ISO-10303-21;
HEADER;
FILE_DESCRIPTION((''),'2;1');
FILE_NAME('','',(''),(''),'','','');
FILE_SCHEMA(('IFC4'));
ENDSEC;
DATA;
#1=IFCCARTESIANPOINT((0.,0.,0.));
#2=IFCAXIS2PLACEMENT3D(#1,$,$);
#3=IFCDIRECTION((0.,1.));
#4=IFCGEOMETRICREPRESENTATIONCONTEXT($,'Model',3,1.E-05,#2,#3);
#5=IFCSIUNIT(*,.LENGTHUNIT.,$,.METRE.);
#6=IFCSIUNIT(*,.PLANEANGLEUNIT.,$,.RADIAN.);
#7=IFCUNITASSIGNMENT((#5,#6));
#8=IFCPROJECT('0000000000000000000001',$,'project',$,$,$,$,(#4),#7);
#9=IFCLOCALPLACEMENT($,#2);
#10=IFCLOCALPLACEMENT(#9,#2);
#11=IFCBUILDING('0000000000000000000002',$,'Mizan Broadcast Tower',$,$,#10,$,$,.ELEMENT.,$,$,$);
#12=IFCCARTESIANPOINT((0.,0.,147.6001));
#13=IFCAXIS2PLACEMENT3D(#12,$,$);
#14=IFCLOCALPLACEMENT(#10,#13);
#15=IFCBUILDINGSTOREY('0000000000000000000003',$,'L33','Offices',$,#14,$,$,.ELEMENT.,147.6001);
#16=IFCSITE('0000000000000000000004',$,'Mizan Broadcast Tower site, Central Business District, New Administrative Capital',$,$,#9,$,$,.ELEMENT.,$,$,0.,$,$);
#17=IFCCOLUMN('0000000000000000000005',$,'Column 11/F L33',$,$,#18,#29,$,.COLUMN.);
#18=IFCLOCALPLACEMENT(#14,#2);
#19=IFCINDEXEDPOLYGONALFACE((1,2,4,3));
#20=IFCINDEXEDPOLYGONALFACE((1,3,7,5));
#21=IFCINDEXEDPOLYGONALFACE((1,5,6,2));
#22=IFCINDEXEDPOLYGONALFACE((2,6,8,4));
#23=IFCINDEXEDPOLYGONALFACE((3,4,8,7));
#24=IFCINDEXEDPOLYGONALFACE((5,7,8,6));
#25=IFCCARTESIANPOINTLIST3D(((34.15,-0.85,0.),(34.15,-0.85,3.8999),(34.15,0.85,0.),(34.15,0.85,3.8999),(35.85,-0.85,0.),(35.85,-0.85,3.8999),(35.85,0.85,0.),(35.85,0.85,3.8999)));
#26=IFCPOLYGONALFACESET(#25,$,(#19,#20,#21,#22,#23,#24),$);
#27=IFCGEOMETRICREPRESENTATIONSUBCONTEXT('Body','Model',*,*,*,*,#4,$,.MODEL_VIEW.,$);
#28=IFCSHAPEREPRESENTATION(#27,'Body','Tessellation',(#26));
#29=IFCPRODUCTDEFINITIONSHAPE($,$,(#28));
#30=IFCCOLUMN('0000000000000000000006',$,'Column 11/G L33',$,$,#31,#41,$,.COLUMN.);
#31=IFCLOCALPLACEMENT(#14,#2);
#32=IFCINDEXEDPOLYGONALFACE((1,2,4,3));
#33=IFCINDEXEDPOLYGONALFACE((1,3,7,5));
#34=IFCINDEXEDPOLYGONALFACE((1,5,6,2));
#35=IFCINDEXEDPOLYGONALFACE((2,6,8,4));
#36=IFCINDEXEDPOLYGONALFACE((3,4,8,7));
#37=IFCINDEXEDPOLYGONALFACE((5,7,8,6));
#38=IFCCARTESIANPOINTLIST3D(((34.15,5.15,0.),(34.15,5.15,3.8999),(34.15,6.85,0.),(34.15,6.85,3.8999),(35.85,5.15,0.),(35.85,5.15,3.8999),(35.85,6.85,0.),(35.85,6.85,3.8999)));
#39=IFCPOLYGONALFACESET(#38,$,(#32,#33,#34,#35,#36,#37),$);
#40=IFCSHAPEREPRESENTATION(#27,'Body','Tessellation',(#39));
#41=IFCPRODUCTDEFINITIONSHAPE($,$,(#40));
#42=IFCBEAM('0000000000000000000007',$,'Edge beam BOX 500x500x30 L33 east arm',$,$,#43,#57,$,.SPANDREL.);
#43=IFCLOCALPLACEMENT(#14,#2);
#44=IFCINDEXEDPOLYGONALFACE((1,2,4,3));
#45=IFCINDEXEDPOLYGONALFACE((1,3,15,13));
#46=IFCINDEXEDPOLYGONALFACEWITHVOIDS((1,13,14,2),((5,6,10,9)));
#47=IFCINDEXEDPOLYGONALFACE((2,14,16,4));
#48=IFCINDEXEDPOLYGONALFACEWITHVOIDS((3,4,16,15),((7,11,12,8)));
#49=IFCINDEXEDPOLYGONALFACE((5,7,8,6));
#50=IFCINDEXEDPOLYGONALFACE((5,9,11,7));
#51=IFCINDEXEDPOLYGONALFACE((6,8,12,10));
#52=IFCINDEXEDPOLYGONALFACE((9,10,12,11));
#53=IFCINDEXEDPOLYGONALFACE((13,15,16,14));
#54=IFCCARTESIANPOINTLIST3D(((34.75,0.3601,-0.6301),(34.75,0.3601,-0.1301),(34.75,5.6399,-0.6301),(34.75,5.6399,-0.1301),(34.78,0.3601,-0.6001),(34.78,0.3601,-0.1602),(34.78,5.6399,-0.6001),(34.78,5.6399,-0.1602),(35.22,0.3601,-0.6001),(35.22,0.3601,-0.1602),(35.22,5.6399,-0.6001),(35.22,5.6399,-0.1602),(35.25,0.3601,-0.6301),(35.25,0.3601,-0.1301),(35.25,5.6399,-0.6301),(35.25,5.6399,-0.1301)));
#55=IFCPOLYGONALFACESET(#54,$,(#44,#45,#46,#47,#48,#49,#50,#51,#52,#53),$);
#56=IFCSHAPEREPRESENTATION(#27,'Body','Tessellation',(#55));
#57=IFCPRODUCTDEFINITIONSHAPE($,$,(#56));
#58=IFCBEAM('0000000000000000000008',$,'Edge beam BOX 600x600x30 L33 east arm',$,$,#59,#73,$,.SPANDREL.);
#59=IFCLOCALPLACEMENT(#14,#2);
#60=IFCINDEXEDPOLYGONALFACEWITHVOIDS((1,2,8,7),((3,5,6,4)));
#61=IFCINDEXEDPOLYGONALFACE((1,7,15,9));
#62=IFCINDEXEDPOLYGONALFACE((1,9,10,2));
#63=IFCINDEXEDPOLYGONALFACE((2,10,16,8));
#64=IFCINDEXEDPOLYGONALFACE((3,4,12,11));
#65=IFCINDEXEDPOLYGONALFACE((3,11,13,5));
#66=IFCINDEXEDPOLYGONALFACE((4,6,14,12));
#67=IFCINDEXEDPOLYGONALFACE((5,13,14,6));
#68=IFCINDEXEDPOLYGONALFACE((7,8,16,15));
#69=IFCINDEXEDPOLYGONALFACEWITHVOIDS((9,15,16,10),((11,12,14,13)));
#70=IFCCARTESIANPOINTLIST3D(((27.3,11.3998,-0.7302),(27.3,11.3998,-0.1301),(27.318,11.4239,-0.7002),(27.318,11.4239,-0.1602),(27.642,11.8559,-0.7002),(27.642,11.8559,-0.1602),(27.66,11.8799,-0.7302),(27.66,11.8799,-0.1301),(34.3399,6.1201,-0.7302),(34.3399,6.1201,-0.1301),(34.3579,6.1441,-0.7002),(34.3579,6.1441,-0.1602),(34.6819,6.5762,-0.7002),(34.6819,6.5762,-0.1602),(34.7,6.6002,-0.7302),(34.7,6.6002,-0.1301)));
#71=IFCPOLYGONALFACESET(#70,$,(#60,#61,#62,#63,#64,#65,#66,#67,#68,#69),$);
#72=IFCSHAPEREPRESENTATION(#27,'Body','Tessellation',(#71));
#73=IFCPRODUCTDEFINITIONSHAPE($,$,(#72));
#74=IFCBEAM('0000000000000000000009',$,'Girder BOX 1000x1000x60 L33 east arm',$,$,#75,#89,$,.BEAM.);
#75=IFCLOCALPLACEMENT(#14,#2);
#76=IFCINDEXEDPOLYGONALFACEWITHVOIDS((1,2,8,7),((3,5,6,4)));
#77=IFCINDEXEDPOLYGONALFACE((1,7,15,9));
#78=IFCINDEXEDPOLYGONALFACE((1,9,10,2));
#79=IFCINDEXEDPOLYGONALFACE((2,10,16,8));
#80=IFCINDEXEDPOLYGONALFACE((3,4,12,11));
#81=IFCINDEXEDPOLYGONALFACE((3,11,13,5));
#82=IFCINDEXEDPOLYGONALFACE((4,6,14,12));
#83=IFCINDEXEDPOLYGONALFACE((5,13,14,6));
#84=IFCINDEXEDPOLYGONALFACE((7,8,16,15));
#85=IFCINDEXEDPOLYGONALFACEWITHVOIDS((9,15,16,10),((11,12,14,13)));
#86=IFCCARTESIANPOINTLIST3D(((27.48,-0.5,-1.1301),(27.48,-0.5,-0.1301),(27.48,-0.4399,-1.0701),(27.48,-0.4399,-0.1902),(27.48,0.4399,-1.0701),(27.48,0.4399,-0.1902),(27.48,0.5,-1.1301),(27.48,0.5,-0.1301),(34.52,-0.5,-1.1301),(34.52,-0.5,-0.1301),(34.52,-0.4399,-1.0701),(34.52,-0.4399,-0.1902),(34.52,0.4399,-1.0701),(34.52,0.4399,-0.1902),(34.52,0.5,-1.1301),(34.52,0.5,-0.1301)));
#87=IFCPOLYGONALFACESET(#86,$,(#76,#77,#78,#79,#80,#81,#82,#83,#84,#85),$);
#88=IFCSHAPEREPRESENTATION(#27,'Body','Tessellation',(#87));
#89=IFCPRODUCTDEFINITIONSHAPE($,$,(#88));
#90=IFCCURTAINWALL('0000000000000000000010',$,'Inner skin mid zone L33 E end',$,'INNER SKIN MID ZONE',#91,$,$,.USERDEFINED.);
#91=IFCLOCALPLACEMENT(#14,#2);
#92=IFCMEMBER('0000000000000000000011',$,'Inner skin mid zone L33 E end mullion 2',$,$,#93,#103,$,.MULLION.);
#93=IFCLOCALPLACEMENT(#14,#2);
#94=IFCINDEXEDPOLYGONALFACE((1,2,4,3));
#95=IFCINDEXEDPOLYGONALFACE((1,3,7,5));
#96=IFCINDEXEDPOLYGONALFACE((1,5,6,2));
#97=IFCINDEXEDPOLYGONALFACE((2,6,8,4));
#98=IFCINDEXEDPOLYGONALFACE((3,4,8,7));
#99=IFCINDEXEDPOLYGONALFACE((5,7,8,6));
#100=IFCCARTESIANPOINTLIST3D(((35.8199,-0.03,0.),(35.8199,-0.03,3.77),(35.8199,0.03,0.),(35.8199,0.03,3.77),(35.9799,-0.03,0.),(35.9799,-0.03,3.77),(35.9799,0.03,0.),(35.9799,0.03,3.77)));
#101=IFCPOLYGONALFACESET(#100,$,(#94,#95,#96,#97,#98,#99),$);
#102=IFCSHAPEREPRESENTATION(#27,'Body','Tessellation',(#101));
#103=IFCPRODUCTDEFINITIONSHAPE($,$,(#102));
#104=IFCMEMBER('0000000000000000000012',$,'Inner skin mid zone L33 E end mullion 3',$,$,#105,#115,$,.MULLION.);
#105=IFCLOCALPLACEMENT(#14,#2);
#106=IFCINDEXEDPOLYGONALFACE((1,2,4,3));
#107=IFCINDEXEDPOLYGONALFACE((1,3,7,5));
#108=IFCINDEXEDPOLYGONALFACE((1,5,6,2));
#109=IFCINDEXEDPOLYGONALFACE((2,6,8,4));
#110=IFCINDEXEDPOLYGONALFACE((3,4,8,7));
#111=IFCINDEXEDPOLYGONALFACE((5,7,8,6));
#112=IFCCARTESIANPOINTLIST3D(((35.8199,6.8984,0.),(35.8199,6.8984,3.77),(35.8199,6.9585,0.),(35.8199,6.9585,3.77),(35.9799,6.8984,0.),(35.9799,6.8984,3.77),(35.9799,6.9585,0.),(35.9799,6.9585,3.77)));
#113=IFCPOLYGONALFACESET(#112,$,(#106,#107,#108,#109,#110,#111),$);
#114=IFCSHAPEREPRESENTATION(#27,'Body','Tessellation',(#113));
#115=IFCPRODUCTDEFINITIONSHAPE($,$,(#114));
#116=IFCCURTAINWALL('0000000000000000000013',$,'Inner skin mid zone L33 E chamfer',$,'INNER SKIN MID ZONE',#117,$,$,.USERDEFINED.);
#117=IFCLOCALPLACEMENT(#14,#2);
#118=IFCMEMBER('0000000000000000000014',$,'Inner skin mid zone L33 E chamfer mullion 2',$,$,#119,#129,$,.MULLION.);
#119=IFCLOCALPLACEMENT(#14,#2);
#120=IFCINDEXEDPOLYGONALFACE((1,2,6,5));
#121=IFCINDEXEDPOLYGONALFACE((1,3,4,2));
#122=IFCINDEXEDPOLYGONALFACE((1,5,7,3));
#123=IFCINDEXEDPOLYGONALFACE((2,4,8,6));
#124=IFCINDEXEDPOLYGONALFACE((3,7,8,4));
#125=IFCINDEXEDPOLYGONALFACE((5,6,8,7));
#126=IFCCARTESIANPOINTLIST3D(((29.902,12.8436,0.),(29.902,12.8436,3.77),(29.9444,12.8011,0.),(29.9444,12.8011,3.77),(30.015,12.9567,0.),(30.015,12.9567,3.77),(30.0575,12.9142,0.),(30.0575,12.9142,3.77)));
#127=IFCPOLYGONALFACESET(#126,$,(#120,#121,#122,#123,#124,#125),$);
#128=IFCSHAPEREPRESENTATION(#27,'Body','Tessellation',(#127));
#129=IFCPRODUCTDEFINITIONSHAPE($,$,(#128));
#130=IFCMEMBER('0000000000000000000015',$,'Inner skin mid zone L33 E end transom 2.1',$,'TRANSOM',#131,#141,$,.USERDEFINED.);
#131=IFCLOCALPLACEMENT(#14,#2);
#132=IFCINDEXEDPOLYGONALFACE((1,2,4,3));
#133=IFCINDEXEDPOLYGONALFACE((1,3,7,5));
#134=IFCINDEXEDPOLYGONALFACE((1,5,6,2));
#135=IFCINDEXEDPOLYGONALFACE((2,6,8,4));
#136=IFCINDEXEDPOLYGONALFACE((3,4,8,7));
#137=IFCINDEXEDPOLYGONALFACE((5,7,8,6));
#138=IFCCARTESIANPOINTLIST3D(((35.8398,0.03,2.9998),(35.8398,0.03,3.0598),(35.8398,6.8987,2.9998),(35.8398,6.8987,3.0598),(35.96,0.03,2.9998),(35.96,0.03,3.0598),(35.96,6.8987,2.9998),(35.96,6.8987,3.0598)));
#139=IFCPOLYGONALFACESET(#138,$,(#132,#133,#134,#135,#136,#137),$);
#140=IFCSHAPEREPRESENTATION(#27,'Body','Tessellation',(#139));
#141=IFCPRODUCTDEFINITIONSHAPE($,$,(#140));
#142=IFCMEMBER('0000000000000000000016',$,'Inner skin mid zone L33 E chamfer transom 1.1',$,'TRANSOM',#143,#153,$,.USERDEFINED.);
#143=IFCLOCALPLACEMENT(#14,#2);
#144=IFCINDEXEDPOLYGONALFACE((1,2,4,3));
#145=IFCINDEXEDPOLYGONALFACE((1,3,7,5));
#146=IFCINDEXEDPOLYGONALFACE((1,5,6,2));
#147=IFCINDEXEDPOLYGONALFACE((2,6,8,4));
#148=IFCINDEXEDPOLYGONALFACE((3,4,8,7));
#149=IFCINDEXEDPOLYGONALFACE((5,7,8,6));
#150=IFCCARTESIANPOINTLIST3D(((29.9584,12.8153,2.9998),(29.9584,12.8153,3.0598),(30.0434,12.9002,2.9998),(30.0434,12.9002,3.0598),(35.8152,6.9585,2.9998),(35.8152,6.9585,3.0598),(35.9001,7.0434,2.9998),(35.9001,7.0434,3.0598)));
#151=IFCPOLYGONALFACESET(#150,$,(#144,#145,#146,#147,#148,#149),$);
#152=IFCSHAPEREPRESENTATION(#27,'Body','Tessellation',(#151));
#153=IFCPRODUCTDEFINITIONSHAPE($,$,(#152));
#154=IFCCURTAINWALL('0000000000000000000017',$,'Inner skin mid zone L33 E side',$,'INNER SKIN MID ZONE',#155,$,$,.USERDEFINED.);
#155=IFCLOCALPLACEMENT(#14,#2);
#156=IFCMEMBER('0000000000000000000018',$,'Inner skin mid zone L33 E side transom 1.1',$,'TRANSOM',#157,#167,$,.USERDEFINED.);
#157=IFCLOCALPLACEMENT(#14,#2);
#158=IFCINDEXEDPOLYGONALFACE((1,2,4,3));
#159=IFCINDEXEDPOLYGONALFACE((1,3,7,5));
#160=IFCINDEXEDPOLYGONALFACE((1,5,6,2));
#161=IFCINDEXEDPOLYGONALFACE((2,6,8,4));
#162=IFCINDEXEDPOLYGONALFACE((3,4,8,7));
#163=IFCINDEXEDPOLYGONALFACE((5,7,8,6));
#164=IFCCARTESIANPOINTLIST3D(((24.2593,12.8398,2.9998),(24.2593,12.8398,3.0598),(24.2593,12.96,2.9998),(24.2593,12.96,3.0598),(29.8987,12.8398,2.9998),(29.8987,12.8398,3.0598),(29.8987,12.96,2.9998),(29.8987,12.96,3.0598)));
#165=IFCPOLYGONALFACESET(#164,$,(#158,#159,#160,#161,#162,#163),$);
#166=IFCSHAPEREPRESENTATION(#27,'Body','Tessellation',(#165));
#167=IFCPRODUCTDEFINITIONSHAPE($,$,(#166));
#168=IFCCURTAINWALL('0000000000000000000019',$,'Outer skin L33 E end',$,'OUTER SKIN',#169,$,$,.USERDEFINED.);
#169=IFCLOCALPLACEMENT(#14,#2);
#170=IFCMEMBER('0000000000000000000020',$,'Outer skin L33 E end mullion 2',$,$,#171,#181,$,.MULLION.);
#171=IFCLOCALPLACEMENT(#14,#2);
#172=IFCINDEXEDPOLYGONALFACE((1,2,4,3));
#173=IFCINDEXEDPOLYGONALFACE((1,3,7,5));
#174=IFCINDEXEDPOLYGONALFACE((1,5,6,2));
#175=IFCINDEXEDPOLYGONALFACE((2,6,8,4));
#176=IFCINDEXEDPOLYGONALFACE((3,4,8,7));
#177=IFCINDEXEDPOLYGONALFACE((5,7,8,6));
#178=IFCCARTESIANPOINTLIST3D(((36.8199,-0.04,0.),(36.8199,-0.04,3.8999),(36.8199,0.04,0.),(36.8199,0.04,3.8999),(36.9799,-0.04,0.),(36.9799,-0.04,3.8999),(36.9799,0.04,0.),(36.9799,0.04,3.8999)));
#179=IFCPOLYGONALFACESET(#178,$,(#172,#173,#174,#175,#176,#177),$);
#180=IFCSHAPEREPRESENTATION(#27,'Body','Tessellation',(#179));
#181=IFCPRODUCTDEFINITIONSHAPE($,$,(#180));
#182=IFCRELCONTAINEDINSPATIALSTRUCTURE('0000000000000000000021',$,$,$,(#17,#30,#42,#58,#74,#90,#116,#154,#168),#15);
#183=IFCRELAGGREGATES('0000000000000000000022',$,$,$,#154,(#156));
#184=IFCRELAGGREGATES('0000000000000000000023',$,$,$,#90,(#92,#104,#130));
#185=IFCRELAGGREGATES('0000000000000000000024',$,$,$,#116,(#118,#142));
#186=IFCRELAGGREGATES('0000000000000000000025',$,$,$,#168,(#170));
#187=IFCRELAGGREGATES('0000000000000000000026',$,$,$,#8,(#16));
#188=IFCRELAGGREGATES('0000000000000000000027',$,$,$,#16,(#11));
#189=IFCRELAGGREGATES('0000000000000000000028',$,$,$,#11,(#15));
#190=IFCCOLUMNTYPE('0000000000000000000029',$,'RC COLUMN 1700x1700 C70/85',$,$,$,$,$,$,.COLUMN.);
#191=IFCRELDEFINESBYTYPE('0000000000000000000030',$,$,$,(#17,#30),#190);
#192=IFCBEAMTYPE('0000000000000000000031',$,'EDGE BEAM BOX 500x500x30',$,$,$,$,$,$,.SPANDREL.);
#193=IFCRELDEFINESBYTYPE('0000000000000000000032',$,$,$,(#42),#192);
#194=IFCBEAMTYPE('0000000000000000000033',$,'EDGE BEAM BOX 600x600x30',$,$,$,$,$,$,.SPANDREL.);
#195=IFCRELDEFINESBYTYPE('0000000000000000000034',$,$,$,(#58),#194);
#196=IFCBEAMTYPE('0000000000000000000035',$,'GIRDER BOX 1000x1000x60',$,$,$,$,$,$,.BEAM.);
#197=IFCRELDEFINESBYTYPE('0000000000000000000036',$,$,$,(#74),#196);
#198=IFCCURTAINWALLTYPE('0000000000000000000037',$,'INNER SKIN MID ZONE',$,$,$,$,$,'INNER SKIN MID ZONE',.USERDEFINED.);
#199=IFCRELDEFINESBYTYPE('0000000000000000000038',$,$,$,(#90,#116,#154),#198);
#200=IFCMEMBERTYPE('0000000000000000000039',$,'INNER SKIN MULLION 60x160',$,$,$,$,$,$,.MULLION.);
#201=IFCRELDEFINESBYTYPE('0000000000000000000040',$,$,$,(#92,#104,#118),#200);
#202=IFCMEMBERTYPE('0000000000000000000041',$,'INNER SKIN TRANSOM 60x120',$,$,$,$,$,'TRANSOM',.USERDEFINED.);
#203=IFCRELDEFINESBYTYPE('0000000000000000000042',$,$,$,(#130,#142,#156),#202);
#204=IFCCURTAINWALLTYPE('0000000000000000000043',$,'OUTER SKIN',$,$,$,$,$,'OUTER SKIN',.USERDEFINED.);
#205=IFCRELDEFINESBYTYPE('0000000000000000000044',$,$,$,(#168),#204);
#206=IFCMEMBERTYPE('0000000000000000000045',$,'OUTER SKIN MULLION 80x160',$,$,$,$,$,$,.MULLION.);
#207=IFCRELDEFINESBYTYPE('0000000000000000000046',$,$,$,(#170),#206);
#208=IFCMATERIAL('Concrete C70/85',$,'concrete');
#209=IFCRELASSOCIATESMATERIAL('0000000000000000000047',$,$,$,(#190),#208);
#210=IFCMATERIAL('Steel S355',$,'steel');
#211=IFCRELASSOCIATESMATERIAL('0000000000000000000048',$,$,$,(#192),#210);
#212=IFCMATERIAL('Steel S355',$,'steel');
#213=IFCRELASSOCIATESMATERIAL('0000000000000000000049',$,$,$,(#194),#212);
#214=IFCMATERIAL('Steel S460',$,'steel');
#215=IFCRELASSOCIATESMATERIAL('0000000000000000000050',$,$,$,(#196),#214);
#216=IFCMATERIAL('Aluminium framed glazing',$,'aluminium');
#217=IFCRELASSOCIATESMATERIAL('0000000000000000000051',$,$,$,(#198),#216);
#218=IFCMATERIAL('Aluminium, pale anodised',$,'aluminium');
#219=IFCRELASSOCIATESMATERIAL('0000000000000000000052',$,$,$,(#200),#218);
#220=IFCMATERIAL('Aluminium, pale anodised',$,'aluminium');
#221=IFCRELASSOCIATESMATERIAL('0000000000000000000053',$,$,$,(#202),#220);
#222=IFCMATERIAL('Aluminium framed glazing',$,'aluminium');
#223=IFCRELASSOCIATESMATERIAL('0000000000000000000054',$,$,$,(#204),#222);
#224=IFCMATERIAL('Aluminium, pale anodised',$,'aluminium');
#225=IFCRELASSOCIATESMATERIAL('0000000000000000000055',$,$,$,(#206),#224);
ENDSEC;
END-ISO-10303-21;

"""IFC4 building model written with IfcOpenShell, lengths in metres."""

from ifc_helpers import new_model, si_unit, direction, frame, origin, origin_2d, place, context, subcontext, project, spatial, rectangle, hollow_rectangle, extrude, material, material_profile, profile_set, type_object, element, aggregate, save


model = new_model("IFC4")

# Units and contexts
model_context = context("Model", 3, precision=1e-05, world=origin(), true_north=direction((0.0, 1.0)))
body_context = subcontext(model_context, "Body", "Model", "MODEL_VIEW")
ifc_project = project(units=[si_unit("LENGTHUNIT", "METRE"), si_unit("PLANEANGLEUNIT", "RADIAN")], contexts=[model_context])

# Site, building, storey
site_placement = place(None, origin())
site = spatial("IfcSite", under=ifc_project, at=site_placement, Name="Mizan Broadcast Tower site, Central Business District, New Administrative Capital", CompositionType="ELEMENT", RefElevation=0.0)
building_placement = place(site_placement, origin())
building = spatial("IfcBuilding", under=site, at=building_placement, Name="Mizan Broadcast Tower", CompositionType="ELEMENT")
storey_placement = place(building_placement, frame((0.0, 0.0, 147.6001)))
storey = spatial("IfcBuildingStorey", under=building, at=storey_placement, Name="L33", Description="Offices", CompositionType="ELEMENT", Elevation=147.6001)

# Columns
ifc_material_1 = material(Name="Concrete C70/85", Category="concrete")
ifc_material_profile_1 = material_profile(ifc_material_1, rectangle(XDim=1.7, YDim=1.7, at=origin_2d()), Name="RC 1700x1700")
ifc_profile_set_1 = profile_set([ifc_material_profile_1], Name="Concrete C70/85")
column_type = type_object("IfcColumnType", Name="RC COLUMN 1700x1700 C70/85", PredefinedType="COLUMN", material=ifc_profile_set_1)
for number, where, z_axis, x_axis, name in (
    (1, (35.0, 0.0, 0.0), (0.0, 0.0, 1.0), (1.0, 0.0, 0.0), "Column 11/F L33"),
    (2, (35.0, 6.0, 0.0), (0.0, 0.0, 1.0), (1.0, 0.0, 0.0), "Column 11/G L33"),
):
    element("IfcColumn", number, at=place(storey_placement, frame(where, z_axis=z_axis, x_axis=x_axis)), inside=storey, type_object=column_type, Name=name, PredefinedType="COLUMN", context=body_context, shape_type="SweptSolid", body=[
        extrude(rectangle(XDim=1.7, YDim=1.7, at=origin_2d()), origin(), (0.0, 0.0, 1.0), 3.8999),
    ])

# Beams
ifc_material_2 = material(Name="Steel S355", Category="steel")
ifc_material_profile_2 = material_profile(ifc_material_2, hollow_rectangle(XDim=0.5, YDim=0.5, WallThickness=0.03, at=origin_2d()), Name="BOX 500x500x30")
ifc_profile_set_2 = profile_set([ifc_material_profile_2], Name="Steel S355")
beam_type_1 = type_object("IfcBeamType", Name="EDGE BEAM BOX 500x500x30", PredefinedType="SPANDREL", material=ifc_profile_set_2)
beam_1_placement = place(storey_placement, frame((35.0, 5.6399, -0.3801), z_axis=(0.0, -1.0, 0.0), x_axis=(1.0, 0.0, 0.0)))
element("IfcBeam", 3, at=beam_1_placement, inside=storey, type_object=beam_type_1, Name="Edge beam BOX 500x500x30 L33 east arm", PredefinedType="SPANDREL", context=body_context, shape_type="SweptSolid", body=[
    extrude(hollow_rectangle(XDim=0.5, YDim=0.5, WallThickness=0.03, at=origin_2d()), origin(), (0.0, 0.0, 1.0), 5.2798),
])
ifc_material_3 = material(Name="Steel S355", Category="steel")
ifc_material_profile_3 = material_profile(ifc_material_3, hollow_rectangle(XDim=0.6001, YDim=0.6001, WallThickness=0.03, at=origin_2d()), Name="BOX 600x600x30")
ifc_profile_set_3 = profile_set([ifc_material_profile_3], Name="Steel S355")
beam_type_2 = type_object("IfcBeamType", Name="EDGE BEAM BOX 600x600x30", PredefinedType="SPANDREL", material=ifc_profile_set_3)
beam_2_placement = place(storey_placement, frame((27.48, 11.6399, -0.4302), z_axis=(0.800013, -0.599982, 0.0), x_axis=(0.599982, 0.800013, 0.0)))
element("IfcBeam", 4, at=beam_2_placement, inside=storey, type_object=beam_type_2, Name="Edge beam BOX 600x600x30 L33 east arm", PredefinedType="SPANDREL", context=body_context, shape_type="SweptSolid", body=[
    extrude(hollow_rectangle(XDim=0.6001, YDim=0.6001, WallThickness=0.03, at=origin_2d()), origin(), (0.0, 0.0, 1.0), 8.7998),
])
ifc_material_4 = material(Name="Steel S460", Category="steel")
ifc_material_profile_4 = material_profile(ifc_material_4, hollow_rectangle(XDim=1.0, YDim=1.0, WallThickness=0.0601, at=origin_2d()), Name="BOX 1000x1000x60")
ifc_profile_set_4 = profile_set([ifc_material_profile_4], Name="Steel S460")
beam_type_3 = type_object("IfcBeamType", Name="GIRDER BOX 1000x1000x60", PredefinedType="BEAM", material=ifc_profile_set_4)
beam_3_placement = place(storey_placement, frame((27.48, 0.0, -0.6301), z_axis=(1.0, 0.0, 0.0), x_axis=(0.0, 1.0, 0.0)))
element("IfcBeam", 5, at=beam_3_placement, inside=storey, type_object=beam_type_3, Name="Girder BOX 1000x1000x60 L33 east arm", PredefinedType="BEAM", context=body_context, shape_type="SweptSolid", body=[
    extrude(hollow_rectangle(XDim=1.0, YDim=1.0, WallThickness=0.0601, at=origin_2d()), origin(), (0.0, 0.0, 1.0), 7.04),
])

# Curtain wall, members
ifc_material_5 = material(Name="Aluminium framed glazing", Category="aluminium")
curtain_wall_type_1 = type_object("IfcCurtainWallType", Name="INNER SKIN MID ZONE", ElementType="INNER SKIN MID ZONE", PredefinedType="USERDEFINED", material=ifc_material_5)
curtain_wall_1_placement = place(storey_placement, origin())
curtain_wall_1 = element("IfcCurtainWall", 6, at=curtain_wall_1_placement, inside=storey, type_object=curtain_wall_type_1, Name="Inner skin mid zone L33 E end", ObjectType="INNER SKIN MID ZONE", PredefinedType="USERDEFINED")
ifc_material_6 = material(Name="Aluminium, pale anodised", Category="aluminium")
ifc_material_profile_5 = material_profile(ifc_material_6, rectangle(XDim=0.1599, YDim=0.0601, at=origin_2d()), Name="MULLION 160x60")
ifc_profile_set_5 = profile_set([ifc_material_profile_5], Name="Aluminium, pale anodised")
member_type_1 = type_object("IfcMemberType", Name="INNER SKIN MULLION 60x160", PredefinedType="MULLION", material=ifc_profile_set_5)
member_1_placement = place(storey_placement, frame((35.8999, 0.0, 0.0), z_axis=(0.0, 0.0, 1.0), x_axis=(-1.0, 0.0, 0.0)))
member_1 = element("IfcMember", 7, at=member_1_placement, type_object=member_type_1, Name="Inner skin mid zone L33 E end mullion 2", PredefinedType="MULLION", context=body_context, shape_type="SweptSolid", body=[
    extrude(rectangle(XDim=0.1599, YDim=0.0601, at=origin_2d()), origin(), (0.0, 0.0, 1.0), 3.77),
])
member_2_placement = place(storey_placement, frame((35.8999, 6.9285, 0.0), z_axis=(0.0, 0.0, 1.0), x_axis=(-1.0, 0.0, 0.0)))
member_2 = element("IfcMember", 8, at=member_2_placement, type_object=member_type_1, Name="Inner skin mid zone L33 E end mullion 3", PredefinedType="MULLION", context=body_context, shape_type="SweptSolid", body=[
    extrude(rectangle(XDim=0.1599, YDim=0.0601, at=origin_2d()), origin(), (0.0, 0.0, 1.0), 3.77),
])

# Curtain wall, member
curtain_wall_2_placement = place(storey_placement, origin())
curtain_wall_2 = element("IfcCurtainWall", 9, at=curtain_wall_2_placement, inside=storey, type_object=curtain_wall_type_1, Name="Inner skin mid zone L33 E chamfer", ObjectType="INNER SKIN MID ZONE", PredefinedType="USERDEFINED")
member_3_placement = place(storey_placement, frame((29.9797, 12.8789, 0.0), z_axis=(0.0, 0.0, 1.0), x_axis=(-0.707107, -0.707107, 0.0)))
member_3 = element("IfcMember", 10, at=member_3_placement, type_object=member_type_1, Name="Inner skin mid zone L33 E chamfer mullion 2", PredefinedType="MULLION", context=body_context, shape_type="SweptSolid", body=[
    extrude(rectangle(XDim=0.1599, YDim=0.0601, at=origin_2d()), origin(), (0.0, 0.0, 1.0), 3.77),
])

# Members
ifc_material_7 = material(Name="Aluminium, pale anodised", Category="aluminium")
ifc_material_profile_6 = material_profile(ifc_material_7, rectangle(XDim=0.1201, YDim=0.0601, at=origin_2d()), Name="TRANSOM 120x60")
ifc_profile_set_6 = profile_set([ifc_material_profile_6], Name="Aluminium, pale anodised")
member_type_2 = type_object("IfcMemberType", Name="INNER SKIN TRANSOM 60x120", ElementType="TRANSOM", PredefinedType="USERDEFINED", material=ifc_profile_set_6)
member_4_placement = place(storey_placement, frame((35.8999, 0.03, 3.0298), z_axis=(0.0, 1.0, 0.0), x_axis=(-1.0, 0.0, 0.0)))
member_4 = element("IfcMember", 11, at=member_4_placement, type_object=member_type_2, Name="Inner skin mid zone L33 E end transom 2.1", ObjectType="TRANSOM", PredefinedType="USERDEFINED", context=body_context, shape_type="SweptSolid", body=[
    extrude(rectangle(XDim=0.1201, YDim=0.0601, at=origin_2d()), origin(), (0.0, 0.0, 1.0), 6.8687),
])
member_5_placement = place(storey_placement, frame((35.8577, 7.001, 3.0298), z_axis=(-0.707107, 0.707107, 0.0), x_axis=(-0.707107, -0.707107, 0.0)))
member_5 = element("IfcMember", 12, at=member_5_placement, type_object=member_type_2, Name="Inner skin mid zone L33 E chamfer transom 1.1", ObjectType="TRANSOM", PredefinedType="USERDEFINED", context=body_context, shape_type="SweptSolid", body=[
    extrude(rectangle(XDim=0.1201, YDim=0.0601, at=origin_2d()), origin(), (0.0, 0.0, 1.0), 8.2827),
])

# Curtain wall, member
curtain_wall_3_placement = place(storey_placement, origin())
curtain_wall_3 = element("IfcCurtainWall", 13, at=curtain_wall_3_placement, inside=storey, type_object=curtain_wall_type_1, Name="Inner skin mid zone L33 E side", ObjectType="INNER SKIN MID ZONE", PredefinedType="USERDEFINED")
member_6_placement = place(storey_placement, frame((29.8987, 12.8999, 3.0298), z_axis=(-1.0, 0.0, 0.0), x_axis=(0.0, -1.0, 0.0)))
member_6 = element("IfcMember", 14, at=member_6_placement, type_object=member_type_2, Name="Inner skin mid zone L33 E side transom 1.1", ObjectType="TRANSOM", PredefinedType="USERDEFINED", context=body_context, shape_type="SweptSolid", body=[
    extrude(rectangle(XDim=0.1201, YDim=0.0601, at=origin_2d()), origin(), (0.0, 0.0, 1.0), 5.6394),
])
aggregate(curtain_wall_3, [member_6])

# Curtain wall, member
ifc_material_8 = material(Name="Aluminium framed glazing", Category="aluminium")
curtain_wall_type_2 = type_object("IfcCurtainWallType", Name="OUTER SKIN", ElementType="OUTER SKIN", PredefinedType="USERDEFINED", material=ifc_material_8)
curtain_wall_4_placement = place(storey_placement, origin())
curtain_wall_4 = element("IfcCurtainWall", 15, at=curtain_wall_4_placement, inside=storey, type_object=curtain_wall_type_2, Name="Outer skin L33 E end", ObjectType="OUTER SKIN", PredefinedType="USERDEFINED")
ifc_material_9 = material(Name="Aluminium, pale anodised", Category="aluminium")
ifc_material_profile_7 = material_profile(ifc_material_9, rectangle(XDim=0.1599, YDim=0.0801, at=origin_2d()), Name="MULLION 160x80")
ifc_profile_set_7 = profile_set([ifc_material_profile_7], Name="Aluminium, pale anodised")
member_type_3 = type_object("IfcMemberType", Name="OUTER SKIN MULLION 80x160", PredefinedType="MULLION", material=ifc_profile_set_7)
member_7_placement = place(storey_placement, frame((36.8999, 0.0, 0.0), z_axis=(0.0, 0.0, 1.0), x_axis=(-1.0, 0.0, 0.0)))
member_7 = element("IfcMember", 16, at=member_7_placement, type_object=member_type_3, Name="Outer skin L33 E end mullion 2", PredefinedType="MULLION", context=body_context, shape_type="SweptSolid", body=[
    extrude(rectangle(XDim=0.1599, YDim=0.0801, at=origin_2d()), origin(), (0.0, 0.0, 1.0), 3.8999),
])

aggregate(curtain_wall_1, [member_1, member_2, member_4])
aggregate(curtain_wall_2, [member_3, member_5])
aggregate(curtain_wall_4, [member_7])

save(model, "model.ifc")
